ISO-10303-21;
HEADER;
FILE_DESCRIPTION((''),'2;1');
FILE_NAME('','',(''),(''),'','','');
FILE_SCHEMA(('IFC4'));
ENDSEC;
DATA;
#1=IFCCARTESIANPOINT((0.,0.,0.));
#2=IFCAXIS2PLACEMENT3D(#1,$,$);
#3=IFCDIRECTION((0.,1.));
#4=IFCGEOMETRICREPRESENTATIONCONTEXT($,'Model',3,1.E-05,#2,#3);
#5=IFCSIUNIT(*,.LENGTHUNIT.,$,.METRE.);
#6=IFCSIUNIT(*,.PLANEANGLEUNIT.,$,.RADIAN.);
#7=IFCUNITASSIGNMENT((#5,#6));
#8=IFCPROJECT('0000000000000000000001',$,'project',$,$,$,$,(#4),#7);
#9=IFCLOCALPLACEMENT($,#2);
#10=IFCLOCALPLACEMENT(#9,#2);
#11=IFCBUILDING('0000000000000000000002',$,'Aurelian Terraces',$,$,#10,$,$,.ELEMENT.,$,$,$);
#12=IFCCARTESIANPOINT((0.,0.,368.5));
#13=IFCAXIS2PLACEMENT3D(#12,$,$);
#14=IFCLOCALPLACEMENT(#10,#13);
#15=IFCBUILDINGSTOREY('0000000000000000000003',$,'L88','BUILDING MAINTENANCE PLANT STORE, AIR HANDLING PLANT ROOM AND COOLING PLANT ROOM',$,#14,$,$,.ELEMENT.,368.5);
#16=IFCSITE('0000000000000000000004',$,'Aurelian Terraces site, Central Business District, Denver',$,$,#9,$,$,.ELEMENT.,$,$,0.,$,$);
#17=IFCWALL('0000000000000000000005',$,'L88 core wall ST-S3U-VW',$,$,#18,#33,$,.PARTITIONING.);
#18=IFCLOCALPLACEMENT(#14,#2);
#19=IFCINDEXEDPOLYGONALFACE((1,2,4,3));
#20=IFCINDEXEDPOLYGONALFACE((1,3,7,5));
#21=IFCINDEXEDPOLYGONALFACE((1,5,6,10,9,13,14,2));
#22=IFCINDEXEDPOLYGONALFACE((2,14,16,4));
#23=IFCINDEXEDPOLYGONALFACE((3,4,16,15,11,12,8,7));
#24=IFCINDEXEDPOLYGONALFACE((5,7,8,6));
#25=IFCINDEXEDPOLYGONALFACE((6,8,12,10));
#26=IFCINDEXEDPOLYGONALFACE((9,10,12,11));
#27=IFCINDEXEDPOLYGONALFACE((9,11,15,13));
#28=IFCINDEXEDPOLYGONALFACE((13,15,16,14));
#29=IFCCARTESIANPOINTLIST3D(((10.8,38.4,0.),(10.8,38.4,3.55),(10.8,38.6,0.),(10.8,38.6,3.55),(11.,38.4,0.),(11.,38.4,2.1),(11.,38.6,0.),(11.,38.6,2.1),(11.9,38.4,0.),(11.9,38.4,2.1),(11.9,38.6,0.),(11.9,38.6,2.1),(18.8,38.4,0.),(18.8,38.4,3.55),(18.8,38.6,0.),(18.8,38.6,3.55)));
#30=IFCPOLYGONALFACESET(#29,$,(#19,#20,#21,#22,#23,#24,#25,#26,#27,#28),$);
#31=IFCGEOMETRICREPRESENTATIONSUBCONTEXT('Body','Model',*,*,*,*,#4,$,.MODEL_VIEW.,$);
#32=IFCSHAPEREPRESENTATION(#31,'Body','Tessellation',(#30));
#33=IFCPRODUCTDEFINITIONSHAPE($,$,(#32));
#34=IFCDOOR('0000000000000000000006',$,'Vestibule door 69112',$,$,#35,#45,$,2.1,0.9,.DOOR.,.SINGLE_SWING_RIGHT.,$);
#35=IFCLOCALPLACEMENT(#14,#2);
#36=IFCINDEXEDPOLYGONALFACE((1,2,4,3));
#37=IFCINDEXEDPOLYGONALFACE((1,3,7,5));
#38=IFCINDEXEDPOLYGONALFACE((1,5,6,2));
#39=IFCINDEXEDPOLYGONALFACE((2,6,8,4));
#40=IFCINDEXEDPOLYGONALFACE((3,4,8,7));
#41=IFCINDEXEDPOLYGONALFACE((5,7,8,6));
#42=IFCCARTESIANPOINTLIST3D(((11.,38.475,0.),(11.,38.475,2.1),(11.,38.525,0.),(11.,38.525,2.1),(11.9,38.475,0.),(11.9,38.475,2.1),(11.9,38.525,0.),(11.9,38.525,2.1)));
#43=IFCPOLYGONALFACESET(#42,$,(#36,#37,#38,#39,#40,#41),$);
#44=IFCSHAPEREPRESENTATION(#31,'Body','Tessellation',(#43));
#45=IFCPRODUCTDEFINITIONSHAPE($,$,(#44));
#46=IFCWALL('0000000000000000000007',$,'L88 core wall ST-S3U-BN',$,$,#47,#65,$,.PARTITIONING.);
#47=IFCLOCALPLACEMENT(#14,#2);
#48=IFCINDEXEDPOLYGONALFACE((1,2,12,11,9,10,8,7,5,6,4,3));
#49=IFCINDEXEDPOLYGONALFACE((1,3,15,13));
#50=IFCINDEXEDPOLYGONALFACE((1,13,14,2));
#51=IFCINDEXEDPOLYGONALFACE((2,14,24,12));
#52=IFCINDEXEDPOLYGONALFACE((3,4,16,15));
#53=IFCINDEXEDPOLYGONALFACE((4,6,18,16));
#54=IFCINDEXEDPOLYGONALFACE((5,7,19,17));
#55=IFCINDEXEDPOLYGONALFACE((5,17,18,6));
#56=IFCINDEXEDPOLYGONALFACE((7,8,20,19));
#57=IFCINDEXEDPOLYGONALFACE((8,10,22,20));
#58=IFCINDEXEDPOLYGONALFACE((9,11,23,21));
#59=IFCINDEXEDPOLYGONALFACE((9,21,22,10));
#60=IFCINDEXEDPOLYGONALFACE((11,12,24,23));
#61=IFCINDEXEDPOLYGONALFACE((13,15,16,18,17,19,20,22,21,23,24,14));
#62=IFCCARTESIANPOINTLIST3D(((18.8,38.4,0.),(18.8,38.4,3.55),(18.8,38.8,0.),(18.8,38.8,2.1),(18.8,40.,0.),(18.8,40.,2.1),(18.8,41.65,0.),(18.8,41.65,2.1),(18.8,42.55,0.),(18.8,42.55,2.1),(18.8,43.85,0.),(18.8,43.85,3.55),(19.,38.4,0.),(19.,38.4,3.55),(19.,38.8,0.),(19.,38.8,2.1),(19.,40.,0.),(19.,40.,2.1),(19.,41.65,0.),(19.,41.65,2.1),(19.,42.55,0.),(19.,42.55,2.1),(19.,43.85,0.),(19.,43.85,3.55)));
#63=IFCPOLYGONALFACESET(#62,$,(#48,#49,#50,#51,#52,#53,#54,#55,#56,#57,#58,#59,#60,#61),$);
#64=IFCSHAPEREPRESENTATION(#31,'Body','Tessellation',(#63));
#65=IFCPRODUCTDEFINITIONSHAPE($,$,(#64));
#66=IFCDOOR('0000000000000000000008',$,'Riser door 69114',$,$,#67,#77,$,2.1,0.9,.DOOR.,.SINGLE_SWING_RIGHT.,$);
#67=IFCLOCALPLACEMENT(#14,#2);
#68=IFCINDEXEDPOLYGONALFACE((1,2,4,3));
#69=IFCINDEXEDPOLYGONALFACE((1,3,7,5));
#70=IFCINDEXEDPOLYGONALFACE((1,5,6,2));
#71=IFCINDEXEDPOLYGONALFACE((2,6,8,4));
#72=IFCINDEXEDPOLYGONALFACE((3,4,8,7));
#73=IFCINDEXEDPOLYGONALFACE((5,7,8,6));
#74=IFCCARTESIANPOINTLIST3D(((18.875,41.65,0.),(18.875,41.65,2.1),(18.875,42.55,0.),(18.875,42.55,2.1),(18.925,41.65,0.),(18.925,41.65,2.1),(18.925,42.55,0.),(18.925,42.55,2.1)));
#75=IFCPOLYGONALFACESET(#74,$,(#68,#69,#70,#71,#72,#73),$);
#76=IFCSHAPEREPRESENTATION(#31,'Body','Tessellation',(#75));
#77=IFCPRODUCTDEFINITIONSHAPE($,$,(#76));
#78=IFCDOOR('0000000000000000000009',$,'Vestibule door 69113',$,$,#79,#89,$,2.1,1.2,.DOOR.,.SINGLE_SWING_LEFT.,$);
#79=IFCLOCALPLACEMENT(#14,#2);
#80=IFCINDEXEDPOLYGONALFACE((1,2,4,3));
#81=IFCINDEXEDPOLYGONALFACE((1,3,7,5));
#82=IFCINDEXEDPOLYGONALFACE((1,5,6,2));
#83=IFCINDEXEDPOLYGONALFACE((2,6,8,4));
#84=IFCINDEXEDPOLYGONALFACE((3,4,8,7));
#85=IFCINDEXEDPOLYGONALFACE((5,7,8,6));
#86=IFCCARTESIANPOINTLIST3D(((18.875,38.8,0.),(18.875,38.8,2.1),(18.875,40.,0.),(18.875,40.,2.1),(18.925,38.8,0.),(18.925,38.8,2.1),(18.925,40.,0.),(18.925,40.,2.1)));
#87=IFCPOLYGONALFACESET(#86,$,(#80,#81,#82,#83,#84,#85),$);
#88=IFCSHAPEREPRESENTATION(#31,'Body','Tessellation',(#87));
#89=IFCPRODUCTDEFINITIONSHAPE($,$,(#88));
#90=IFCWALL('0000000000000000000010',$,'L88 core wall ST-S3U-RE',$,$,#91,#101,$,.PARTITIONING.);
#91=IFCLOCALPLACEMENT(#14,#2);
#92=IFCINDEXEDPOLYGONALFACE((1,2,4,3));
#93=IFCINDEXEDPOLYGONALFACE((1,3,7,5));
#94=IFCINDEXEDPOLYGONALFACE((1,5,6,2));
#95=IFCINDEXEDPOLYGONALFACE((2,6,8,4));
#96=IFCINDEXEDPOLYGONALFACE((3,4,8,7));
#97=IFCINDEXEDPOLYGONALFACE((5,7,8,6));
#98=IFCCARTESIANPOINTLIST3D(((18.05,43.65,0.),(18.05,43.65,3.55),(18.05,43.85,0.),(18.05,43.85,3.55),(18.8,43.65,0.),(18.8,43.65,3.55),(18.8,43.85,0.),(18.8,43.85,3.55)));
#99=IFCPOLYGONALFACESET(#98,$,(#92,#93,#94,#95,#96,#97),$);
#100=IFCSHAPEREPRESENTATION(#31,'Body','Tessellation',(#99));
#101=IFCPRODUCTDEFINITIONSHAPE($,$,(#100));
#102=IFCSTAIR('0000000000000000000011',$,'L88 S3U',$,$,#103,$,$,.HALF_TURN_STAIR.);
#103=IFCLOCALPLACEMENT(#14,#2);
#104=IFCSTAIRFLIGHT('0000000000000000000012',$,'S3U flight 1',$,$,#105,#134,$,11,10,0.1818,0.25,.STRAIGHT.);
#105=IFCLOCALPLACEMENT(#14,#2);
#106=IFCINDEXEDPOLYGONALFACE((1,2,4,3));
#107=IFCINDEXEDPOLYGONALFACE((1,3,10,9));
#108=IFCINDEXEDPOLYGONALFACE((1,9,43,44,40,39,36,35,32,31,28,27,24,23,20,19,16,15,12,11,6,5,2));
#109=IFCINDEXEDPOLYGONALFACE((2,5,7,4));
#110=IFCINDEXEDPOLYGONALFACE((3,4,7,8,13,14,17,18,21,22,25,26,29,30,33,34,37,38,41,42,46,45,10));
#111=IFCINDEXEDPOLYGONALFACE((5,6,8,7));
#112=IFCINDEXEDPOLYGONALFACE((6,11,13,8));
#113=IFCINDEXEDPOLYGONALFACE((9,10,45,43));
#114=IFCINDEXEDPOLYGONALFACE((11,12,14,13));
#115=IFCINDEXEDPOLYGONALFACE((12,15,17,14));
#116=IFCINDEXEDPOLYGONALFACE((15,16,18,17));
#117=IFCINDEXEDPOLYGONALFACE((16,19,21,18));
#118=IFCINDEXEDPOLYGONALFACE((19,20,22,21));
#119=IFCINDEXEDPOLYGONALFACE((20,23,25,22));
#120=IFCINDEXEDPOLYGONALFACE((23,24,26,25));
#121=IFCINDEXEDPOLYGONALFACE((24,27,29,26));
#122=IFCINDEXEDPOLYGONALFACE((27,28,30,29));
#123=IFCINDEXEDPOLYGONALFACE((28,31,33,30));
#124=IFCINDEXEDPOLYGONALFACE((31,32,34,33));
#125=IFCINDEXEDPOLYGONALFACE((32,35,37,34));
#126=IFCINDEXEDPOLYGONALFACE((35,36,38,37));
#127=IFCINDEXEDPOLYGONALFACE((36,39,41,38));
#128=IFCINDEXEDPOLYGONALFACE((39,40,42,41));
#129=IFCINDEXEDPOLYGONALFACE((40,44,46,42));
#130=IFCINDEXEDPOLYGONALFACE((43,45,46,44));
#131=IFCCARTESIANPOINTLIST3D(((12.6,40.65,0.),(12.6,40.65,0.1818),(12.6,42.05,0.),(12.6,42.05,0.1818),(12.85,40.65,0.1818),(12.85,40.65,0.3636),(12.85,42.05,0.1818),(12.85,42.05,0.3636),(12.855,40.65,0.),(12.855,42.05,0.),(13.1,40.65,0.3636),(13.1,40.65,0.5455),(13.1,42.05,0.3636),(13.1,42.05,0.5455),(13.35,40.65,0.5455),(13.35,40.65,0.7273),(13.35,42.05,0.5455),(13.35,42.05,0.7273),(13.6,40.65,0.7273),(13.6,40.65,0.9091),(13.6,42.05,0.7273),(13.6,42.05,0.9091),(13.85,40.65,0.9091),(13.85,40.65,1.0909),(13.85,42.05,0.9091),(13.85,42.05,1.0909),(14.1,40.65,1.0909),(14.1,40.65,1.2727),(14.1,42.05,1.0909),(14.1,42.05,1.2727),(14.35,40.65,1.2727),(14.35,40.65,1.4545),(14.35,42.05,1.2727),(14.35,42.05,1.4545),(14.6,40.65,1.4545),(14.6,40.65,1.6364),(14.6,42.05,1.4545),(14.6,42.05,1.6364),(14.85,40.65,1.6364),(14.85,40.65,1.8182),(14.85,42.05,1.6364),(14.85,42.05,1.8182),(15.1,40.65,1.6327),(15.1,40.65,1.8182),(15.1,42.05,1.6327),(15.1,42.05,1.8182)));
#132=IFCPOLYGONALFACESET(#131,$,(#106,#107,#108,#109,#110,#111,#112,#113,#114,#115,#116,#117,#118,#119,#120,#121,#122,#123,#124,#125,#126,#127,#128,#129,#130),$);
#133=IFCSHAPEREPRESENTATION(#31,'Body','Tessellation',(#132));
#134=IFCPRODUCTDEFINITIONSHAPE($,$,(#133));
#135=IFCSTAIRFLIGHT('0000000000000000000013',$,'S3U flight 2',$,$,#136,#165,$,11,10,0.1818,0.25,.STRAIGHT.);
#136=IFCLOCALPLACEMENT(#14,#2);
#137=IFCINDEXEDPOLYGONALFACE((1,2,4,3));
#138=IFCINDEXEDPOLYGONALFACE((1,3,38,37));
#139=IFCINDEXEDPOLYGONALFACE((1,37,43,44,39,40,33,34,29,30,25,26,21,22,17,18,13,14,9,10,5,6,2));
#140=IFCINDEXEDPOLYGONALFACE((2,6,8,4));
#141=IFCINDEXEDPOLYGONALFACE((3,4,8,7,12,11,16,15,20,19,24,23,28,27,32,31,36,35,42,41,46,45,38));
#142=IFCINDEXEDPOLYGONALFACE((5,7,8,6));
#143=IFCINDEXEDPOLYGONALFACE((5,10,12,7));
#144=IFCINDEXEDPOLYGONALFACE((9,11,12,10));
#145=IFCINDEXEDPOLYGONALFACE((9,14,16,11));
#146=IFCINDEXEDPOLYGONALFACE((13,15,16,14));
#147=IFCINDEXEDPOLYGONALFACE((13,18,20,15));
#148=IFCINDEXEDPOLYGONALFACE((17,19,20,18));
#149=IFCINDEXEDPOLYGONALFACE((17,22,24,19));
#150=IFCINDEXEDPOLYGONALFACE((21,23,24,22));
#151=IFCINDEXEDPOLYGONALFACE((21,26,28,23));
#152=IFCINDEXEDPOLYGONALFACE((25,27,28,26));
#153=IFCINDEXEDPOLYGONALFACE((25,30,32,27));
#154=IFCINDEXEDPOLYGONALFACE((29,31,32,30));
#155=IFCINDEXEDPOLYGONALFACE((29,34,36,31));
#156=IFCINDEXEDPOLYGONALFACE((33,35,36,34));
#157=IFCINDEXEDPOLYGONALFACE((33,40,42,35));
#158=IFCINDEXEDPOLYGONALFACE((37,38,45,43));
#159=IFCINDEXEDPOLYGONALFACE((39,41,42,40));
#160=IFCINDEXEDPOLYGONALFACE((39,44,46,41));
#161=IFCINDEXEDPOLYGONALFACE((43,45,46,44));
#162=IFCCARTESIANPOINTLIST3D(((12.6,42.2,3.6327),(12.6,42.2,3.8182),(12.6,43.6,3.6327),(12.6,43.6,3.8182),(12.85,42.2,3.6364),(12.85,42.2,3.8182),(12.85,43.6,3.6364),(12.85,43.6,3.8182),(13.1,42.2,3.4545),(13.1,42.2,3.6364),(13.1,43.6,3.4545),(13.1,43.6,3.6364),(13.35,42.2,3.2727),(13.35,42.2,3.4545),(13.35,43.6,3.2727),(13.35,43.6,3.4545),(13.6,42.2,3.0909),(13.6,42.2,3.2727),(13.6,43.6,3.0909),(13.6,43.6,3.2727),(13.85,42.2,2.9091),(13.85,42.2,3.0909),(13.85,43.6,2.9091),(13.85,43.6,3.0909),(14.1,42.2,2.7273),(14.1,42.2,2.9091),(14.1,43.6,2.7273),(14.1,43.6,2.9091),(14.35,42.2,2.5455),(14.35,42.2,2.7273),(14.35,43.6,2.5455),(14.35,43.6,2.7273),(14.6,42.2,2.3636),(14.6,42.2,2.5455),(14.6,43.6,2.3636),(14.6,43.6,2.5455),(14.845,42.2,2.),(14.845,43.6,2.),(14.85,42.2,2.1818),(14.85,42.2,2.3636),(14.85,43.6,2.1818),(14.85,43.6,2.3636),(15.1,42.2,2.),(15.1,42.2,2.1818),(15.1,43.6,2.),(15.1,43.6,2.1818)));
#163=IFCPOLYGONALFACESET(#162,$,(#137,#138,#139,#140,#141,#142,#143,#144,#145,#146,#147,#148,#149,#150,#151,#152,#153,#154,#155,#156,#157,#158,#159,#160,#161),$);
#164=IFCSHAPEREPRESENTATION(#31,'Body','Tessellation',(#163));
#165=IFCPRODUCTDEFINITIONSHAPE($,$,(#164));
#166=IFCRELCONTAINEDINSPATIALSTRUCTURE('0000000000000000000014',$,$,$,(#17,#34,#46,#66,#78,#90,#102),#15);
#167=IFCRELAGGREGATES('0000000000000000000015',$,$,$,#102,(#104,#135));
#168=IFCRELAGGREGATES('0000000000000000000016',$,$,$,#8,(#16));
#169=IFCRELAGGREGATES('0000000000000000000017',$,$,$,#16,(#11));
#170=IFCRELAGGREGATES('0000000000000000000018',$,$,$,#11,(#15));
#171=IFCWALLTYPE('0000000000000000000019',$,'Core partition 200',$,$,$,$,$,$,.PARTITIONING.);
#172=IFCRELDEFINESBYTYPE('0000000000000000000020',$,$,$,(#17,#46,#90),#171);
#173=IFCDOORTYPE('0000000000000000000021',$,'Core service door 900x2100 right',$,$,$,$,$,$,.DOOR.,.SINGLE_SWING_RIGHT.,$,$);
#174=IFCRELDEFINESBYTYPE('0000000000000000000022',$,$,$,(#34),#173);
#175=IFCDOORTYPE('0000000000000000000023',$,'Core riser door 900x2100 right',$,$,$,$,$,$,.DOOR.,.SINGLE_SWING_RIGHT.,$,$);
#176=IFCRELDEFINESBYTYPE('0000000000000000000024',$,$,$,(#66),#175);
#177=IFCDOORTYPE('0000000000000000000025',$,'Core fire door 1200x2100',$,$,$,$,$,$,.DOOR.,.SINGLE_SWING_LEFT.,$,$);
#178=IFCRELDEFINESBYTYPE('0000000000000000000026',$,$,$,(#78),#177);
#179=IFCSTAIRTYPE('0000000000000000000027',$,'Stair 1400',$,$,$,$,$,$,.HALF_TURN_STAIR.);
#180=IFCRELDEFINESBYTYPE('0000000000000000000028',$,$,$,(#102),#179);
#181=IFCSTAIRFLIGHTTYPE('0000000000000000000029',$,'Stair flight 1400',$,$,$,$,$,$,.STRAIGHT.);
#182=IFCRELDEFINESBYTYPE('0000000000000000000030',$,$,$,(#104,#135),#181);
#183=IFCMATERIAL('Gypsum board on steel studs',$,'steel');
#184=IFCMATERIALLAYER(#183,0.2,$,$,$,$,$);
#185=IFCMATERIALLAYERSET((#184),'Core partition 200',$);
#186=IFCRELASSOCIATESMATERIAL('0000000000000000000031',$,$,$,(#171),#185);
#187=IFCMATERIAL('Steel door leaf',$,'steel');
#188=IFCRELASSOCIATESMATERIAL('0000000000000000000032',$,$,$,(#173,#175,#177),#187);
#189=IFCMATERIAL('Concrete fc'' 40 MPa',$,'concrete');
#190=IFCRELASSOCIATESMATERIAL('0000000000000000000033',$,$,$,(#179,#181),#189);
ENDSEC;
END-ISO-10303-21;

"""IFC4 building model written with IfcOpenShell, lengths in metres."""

from ifc_helpers import new_model, si_unit, direction, frame, frame_2d, origin, place, context, subcontext, project, spatial, polyline, rectangle, outline, extrude, source, transform, mapped, material, layer, layer_set, type_object, element, fill, aggregate, save


model = new_model("IFC4")

# Units and contexts
model_context = context("Model", 3, precision=1e-05, world=origin(), true_north=direction((0.0, 1.0)))
body_context = subcontext(model_context, "Body", "Model", "MODEL_VIEW")
ifc_project = project(units=[si_unit("LENGTHUNIT", "METRE"), si_unit("PLANEANGLEUNIT", "RADIAN")], contexts=[model_context])

# Site, building, storey
site_placement = place(None, origin())
site = spatial("IfcSite", under=ifc_project, at=site_placement, Name="Aurelian Terraces site, Central Business District, Denver", CompositionType="ELEMENT", RefElevation=0.0)
building_placement = place(site_placement, origin())
building = spatial("IfcBuilding", under=site, at=building_placement, Name="Aurelian Terraces", CompositionType="ELEMENT")
storey_placement = place(building_placement, frame((0.0, 0.0, 368.5)))
storey = spatial("IfcBuildingStorey", under=building, at=storey_placement, Name="L88", Description="BUILDING MAINTENANCE PLANT STORE, AIR HANDLING PLANT ROOM AND COOLING PLANT ROOM", CompositionType="ELEMENT", Elevation=368.5)

# Shared definitions
ifc_material_1 = material(Name="Concrete fc' 40 MPa", Category="concrete")

# Shared definitions
ifc_material_2 = material(Name="Gypsum board on steel studs", Category="steel")
ifc_material_3 = material(Name="Steel door leaf", Category="steel")
shared_shape_1 = source(origin(), body_context, "Body", "SweptSolid", [
    extrude(rectangle(XDim=1.2, YDim=2.1, at=frame_2d((0.6, 1.05))), frame((0.0, 0.025, 0.0), z_axis=(0.0, -1.0, 0.0), x_axis=(1.0, 0.0, 0.0)), (0.0, 0.0, 1.0), 0.05),
])

# Wall, opening, door
ifc_layer_1 = layer(ifc_material_2, 0.2)
ifc_layer_set_1 = layer_set([ifc_layer_1], Name="Core partition 200")
wall_type_1 = type_object("IfcWallType", Name="Core partition 200", PredefinedType="PARTITIONING", material=ifc_layer_set_1)
shared_shape_2 = source(origin(), body_context, "Body", "SweptSolid", [
    extrude(rectangle(XDim=8.0, YDim=0.2, at=frame_2d((4.0, 0.0))), origin(), (0.0, 0.0, 1.0), 3.55),
])
wall_1_placement = place(storey_placement, frame((10.8, 38.5, 0.0), z_axis=(0.0, 0.0, 1.0), x_axis=(1.0, 0.0, 0.0)))
wall_1 = element("IfcWall", 1, at=wall_1_placement, inside=storey, type_object=wall_type_1, Name="L88 core wall ST-S3U-VW", PredefinedType="PARTITIONING", context=body_context, shape_type="MappedRepresentation", body=[
    mapped(shared_shape_2, transform((0.0, 0.0, 0.0), scale=1.0)),
])
shared_shape_3 = source(origin(), body_context, "Body", "SweptSolid", [
    extrude(rectangle(XDim=0.9, YDim=2.1, at=frame_2d((0.45, 1.05))), frame((0.0, 0.11, 0.0), z_axis=(0.0, -1.0, 0.0), x_axis=(1.0, 0.0, 0.0)), (0.0, 0.0, 1.0), 0.22),
])
opening_1_placement = place(wall_1_placement, frame((0.2, 0.0, 0.0)))
opening_1 = element("IfcOpeningElement", 2, at=opening_1_placement, cuts=wall_1, PredefinedType="OPENING", context=body_context, shape_type="MappedRepresentation", body=[
    mapped(shared_shape_3, transform((0.0, 0.0, 0.0), scale=1.0)),
])
door_type_1 = type_object("IfcDoorType", Name="Core service door 900x2100 right", OperationType="SINGLE_SWING_RIGHT", PredefinedType="DOOR", material=ifc_material_3)
shared_shape_4 = source(origin(), body_context, "Body", "SweptSolid", [
    extrude(rectangle(XDim=0.9, YDim=2.1, at=frame_2d((0.45, 1.05))), frame((0.0, 0.025, 0.0), z_axis=(0.0, -1.0, 0.0), x_axis=(1.0, 0.0, 0.0)), (0.0, 0.0, 1.0), 0.05),
])
door_1_placement = place(opening_1_placement, origin())
door_1 = element("IfcDoor", 3, at=door_1_placement, inside=storey, type_object=door_type_1, Name="Vestibule door 69112", OperationType="SINGLE_SWING_RIGHT", OverallHeight=2.1, OverallWidth=0.9, PredefinedType="DOOR", context=body_context, shape_type="MappedRepresentation", body=[
    mapped(shared_shape_4, transform((0.0, 0.0, 0.0), scale=1.0)),
])
fill(opening_1, door_1)

# Wall, openings, doors
shared_shape_5 = source(origin(), body_context, "Body", "SweptSolid", [
    extrude(rectangle(XDim=5.45, YDim=0.2, at=frame_2d((2.725, 0.0))), origin(), (0.0, 0.0, 1.0), 3.55),
])
wall_2_placement = place(storey_placement, frame((18.9, 38.4, 0.0), z_axis=(0.0, 0.0, 1.0), x_axis=(0.0, 1.0, 0.0)))
wall_2 = element("IfcWall", 4, at=wall_2_placement, inside=storey, type_object=wall_type_1, Name="L88 core wall ST-S3U-BN", PredefinedType="PARTITIONING", context=body_context, shape_type="MappedRepresentation", body=[
    mapped(shared_shape_5, transform((0.0, 0.0, 0.0), scale=1.0)),
])
shared_shape_6 = source(origin(), body_context, "Body", "SweptSolid", [
    extrude(rectangle(XDim=1.2, YDim=2.1, at=frame_2d((0.6, 1.05))), frame((0.0, 0.11, 0.0), z_axis=(0.0, -1.0, 0.0), x_axis=(1.0, 0.0, 0.0)), (0.0, 0.0, 1.0), 0.22),
])
opening_2_placement = place(wall_2_placement, frame((0.4, 0.0, 0.0)))
opening_2 = element("IfcOpeningElement", 5, at=opening_2_placement, cuts=wall_2, PredefinedType="OPENING", context=body_context, shape_type="MappedRepresentation", body=[
    mapped(shared_shape_6, transform((0.0, 0.0, 0.0), scale=1.0)),
])
opening_3_placement = place(wall_2_placement, frame((3.25, 0.0, 0.0)))
opening_3 = element("IfcOpeningElement", 6, at=opening_3_placement, cuts=wall_2, PredefinedType="OPENING", context=body_context, shape_type="MappedRepresentation", body=[
    mapped(shared_shape_3, transform((0.0, 0.0, 0.0), scale=1.0)),
])
door_type_2 = type_object("IfcDoorType", Name="Core riser door 900x2100 right", OperationType="SINGLE_SWING_RIGHT", PredefinedType="DOOR", material=ifc_material_3)
door_2_placement = place(opening_3_placement, origin())
door_2 = element("IfcDoor", 7, at=door_2_placement, inside=storey, type_object=door_type_2, Name="Riser door 69114", OperationType="SINGLE_SWING_RIGHT", OverallHeight=2.1, OverallWidth=0.9, PredefinedType="DOOR", context=body_context, shape_type="MappedRepresentation", body=[
    mapped(shared_shape_4, transform((0.0, 0.0, 0.0), scale=1.0)),
])
fill(opening_3, door_2)
door_type_3 = type_object("IfcDoorType", Name="Core fire door 1200x2100", OperationType="SINGLE_SWING_LEFT", PredefinedType="DOOR", material=ifc_material_3)
door_3_placement = place(opening_2_placement, origin())
door_3 = element("IfcDoor", 8, at=door_3_placement, inside=storey, type_object=door_type_3, Name="Vestibule door 69113", OperationType="SINGLE_SWING_LEFT", OverallHeight=2.1, OverallWidth=1.2, PredefinedType="DOOR", context=body_context, shape_type="MappedRepresentation", body=[
    mapped(shared_shape_1, transform((0.0, 0.0, 0.0), scale=1.0)),
])
fill(opening_2, door_3)

# Wall
shared_shape_7 = source(origin(), body_context, "Body", "SweptSolid", [
    extrude(rectangle(XDim=0.75, YDim=0.2, at=frame_2d((0.375, 0.0))), origin(), (0.0, 0.0, 1.0), 3.55),
])
wall_3_placement = place(storey_placement, frame((18.05, 43.75, 0.0), z_axis=(0.0, 0.0, 1.0), x_axis=(1.0, 0.0, 0.0)))
element("IfcWall", 9, at=wall_3_placement, inside=storey, type_object=wall_type_1, Name="L88 core wall ST-S3U-RE", PredefinedType="PARTITIONING", context=body_context, shape_type="MappedRepresentation", body=[
    mapped(shared_shape_7, transform((0.0, 0.0, 0.0), scale=1.0)),
])

# Stair, stair flights
stair_type = type_object("IfcStairType", Name="Stair 1400", PredefinedType="HALF_TURN_STAIR", material=ifc_material_1)
stair_placement = place(storey_placement, origin())
stair = element("IfcStair", 10, at=stair_placement, inside=storey, type_object=stair_type, Name="L88 S3U", PredefinedType="HALF_TURN_STAIR")
stair_flight_type = type_object("IfcStairFlightType", Name="Stair flight 1400", PredefinedType="STRAIGHT", material=ifc_material_1)
shared_shape_8 = source(origin(), body_context, "Body", "SweptSolid", [
    extrude(outline(polyline([(0.0, 0.0), (0.0, 0.1818), (0.25, 0.1818), (0.25, 0.3636), (0.5, 0.3636), (0.5, 0.5455), (0.75, 0.5455), (0.75, 0.7273), (1.0, 0.7273), (1.0, 0.9091), (1.25, 0.9091), (1.25, 1.0909), (1.5, 1.0909), (1.5, 1.2727), (1.75, 1.2727), (1.75, 1.4545), (2.0, 1.4545), (2.0, 1.6364), (2.25, 1.6364), (2.25, 1.8182), (2.5, 1.8182), (2.5, 2.0), (2.5, 1.6327), (0.255, 0.0), (0.0, 0.0)])), frame((0.0, 0.7, 0.0), z_axis=(0.0, -1.0, 0.0), x_axis=(1.0, 0.0, 0.0)), (0.0, 0.0, 1.0), 1.4),
])
stair_flight_1_placement = place(storey_placement, frame((12.6, 41.35, 0.0), z_axis=(0.0, 0.0, 1.0), x_axis=(1.0, 0.0, 0.0)))
stair_flight_1 = element("IfcStairFlight", 11, at=stair_flight_1_placement, type_object=stair_flight_type, Name="S3U flight 1", NumberOfRisers=11, NumberOfTreads=10, PredefinedType="STRAIGHT", RiserHeight=0.1818, TreadLength=0.25, context=body_context, shape_type="MappedRepresentation", body=[
    mapped(shared_shape_8, transform((0.0, 0.0, 0.0), scale=1.0)),
])
stair_flight_2_placement = place(storey_placement, frame((15.1, 42.9, 2.0), z_axis=(0.0, 0.0, 1.0), x_axis=(-1.0, 0.0, 0.0)))
stair_flight_2 = element("IfcStairFlight", 12, at=stair_flight_2_placement, type_object=stair_flight_type, Name="S3U flight 2", NumberOfRisers=11, NumberOfTreads=10, PredefinedType="STRAIGHT", RiserHeight=0.1818, TreadLength=0.25, context=body_context, shape_type="MappedRepresentation", body=[
    mapped(shared_shape_8, transform((0.0, 0.0, 0.0), scale=1.0)),
])
aggregate(stair, [stair_flight_1, stair_flight_2])

save(model, "model.ifc")
